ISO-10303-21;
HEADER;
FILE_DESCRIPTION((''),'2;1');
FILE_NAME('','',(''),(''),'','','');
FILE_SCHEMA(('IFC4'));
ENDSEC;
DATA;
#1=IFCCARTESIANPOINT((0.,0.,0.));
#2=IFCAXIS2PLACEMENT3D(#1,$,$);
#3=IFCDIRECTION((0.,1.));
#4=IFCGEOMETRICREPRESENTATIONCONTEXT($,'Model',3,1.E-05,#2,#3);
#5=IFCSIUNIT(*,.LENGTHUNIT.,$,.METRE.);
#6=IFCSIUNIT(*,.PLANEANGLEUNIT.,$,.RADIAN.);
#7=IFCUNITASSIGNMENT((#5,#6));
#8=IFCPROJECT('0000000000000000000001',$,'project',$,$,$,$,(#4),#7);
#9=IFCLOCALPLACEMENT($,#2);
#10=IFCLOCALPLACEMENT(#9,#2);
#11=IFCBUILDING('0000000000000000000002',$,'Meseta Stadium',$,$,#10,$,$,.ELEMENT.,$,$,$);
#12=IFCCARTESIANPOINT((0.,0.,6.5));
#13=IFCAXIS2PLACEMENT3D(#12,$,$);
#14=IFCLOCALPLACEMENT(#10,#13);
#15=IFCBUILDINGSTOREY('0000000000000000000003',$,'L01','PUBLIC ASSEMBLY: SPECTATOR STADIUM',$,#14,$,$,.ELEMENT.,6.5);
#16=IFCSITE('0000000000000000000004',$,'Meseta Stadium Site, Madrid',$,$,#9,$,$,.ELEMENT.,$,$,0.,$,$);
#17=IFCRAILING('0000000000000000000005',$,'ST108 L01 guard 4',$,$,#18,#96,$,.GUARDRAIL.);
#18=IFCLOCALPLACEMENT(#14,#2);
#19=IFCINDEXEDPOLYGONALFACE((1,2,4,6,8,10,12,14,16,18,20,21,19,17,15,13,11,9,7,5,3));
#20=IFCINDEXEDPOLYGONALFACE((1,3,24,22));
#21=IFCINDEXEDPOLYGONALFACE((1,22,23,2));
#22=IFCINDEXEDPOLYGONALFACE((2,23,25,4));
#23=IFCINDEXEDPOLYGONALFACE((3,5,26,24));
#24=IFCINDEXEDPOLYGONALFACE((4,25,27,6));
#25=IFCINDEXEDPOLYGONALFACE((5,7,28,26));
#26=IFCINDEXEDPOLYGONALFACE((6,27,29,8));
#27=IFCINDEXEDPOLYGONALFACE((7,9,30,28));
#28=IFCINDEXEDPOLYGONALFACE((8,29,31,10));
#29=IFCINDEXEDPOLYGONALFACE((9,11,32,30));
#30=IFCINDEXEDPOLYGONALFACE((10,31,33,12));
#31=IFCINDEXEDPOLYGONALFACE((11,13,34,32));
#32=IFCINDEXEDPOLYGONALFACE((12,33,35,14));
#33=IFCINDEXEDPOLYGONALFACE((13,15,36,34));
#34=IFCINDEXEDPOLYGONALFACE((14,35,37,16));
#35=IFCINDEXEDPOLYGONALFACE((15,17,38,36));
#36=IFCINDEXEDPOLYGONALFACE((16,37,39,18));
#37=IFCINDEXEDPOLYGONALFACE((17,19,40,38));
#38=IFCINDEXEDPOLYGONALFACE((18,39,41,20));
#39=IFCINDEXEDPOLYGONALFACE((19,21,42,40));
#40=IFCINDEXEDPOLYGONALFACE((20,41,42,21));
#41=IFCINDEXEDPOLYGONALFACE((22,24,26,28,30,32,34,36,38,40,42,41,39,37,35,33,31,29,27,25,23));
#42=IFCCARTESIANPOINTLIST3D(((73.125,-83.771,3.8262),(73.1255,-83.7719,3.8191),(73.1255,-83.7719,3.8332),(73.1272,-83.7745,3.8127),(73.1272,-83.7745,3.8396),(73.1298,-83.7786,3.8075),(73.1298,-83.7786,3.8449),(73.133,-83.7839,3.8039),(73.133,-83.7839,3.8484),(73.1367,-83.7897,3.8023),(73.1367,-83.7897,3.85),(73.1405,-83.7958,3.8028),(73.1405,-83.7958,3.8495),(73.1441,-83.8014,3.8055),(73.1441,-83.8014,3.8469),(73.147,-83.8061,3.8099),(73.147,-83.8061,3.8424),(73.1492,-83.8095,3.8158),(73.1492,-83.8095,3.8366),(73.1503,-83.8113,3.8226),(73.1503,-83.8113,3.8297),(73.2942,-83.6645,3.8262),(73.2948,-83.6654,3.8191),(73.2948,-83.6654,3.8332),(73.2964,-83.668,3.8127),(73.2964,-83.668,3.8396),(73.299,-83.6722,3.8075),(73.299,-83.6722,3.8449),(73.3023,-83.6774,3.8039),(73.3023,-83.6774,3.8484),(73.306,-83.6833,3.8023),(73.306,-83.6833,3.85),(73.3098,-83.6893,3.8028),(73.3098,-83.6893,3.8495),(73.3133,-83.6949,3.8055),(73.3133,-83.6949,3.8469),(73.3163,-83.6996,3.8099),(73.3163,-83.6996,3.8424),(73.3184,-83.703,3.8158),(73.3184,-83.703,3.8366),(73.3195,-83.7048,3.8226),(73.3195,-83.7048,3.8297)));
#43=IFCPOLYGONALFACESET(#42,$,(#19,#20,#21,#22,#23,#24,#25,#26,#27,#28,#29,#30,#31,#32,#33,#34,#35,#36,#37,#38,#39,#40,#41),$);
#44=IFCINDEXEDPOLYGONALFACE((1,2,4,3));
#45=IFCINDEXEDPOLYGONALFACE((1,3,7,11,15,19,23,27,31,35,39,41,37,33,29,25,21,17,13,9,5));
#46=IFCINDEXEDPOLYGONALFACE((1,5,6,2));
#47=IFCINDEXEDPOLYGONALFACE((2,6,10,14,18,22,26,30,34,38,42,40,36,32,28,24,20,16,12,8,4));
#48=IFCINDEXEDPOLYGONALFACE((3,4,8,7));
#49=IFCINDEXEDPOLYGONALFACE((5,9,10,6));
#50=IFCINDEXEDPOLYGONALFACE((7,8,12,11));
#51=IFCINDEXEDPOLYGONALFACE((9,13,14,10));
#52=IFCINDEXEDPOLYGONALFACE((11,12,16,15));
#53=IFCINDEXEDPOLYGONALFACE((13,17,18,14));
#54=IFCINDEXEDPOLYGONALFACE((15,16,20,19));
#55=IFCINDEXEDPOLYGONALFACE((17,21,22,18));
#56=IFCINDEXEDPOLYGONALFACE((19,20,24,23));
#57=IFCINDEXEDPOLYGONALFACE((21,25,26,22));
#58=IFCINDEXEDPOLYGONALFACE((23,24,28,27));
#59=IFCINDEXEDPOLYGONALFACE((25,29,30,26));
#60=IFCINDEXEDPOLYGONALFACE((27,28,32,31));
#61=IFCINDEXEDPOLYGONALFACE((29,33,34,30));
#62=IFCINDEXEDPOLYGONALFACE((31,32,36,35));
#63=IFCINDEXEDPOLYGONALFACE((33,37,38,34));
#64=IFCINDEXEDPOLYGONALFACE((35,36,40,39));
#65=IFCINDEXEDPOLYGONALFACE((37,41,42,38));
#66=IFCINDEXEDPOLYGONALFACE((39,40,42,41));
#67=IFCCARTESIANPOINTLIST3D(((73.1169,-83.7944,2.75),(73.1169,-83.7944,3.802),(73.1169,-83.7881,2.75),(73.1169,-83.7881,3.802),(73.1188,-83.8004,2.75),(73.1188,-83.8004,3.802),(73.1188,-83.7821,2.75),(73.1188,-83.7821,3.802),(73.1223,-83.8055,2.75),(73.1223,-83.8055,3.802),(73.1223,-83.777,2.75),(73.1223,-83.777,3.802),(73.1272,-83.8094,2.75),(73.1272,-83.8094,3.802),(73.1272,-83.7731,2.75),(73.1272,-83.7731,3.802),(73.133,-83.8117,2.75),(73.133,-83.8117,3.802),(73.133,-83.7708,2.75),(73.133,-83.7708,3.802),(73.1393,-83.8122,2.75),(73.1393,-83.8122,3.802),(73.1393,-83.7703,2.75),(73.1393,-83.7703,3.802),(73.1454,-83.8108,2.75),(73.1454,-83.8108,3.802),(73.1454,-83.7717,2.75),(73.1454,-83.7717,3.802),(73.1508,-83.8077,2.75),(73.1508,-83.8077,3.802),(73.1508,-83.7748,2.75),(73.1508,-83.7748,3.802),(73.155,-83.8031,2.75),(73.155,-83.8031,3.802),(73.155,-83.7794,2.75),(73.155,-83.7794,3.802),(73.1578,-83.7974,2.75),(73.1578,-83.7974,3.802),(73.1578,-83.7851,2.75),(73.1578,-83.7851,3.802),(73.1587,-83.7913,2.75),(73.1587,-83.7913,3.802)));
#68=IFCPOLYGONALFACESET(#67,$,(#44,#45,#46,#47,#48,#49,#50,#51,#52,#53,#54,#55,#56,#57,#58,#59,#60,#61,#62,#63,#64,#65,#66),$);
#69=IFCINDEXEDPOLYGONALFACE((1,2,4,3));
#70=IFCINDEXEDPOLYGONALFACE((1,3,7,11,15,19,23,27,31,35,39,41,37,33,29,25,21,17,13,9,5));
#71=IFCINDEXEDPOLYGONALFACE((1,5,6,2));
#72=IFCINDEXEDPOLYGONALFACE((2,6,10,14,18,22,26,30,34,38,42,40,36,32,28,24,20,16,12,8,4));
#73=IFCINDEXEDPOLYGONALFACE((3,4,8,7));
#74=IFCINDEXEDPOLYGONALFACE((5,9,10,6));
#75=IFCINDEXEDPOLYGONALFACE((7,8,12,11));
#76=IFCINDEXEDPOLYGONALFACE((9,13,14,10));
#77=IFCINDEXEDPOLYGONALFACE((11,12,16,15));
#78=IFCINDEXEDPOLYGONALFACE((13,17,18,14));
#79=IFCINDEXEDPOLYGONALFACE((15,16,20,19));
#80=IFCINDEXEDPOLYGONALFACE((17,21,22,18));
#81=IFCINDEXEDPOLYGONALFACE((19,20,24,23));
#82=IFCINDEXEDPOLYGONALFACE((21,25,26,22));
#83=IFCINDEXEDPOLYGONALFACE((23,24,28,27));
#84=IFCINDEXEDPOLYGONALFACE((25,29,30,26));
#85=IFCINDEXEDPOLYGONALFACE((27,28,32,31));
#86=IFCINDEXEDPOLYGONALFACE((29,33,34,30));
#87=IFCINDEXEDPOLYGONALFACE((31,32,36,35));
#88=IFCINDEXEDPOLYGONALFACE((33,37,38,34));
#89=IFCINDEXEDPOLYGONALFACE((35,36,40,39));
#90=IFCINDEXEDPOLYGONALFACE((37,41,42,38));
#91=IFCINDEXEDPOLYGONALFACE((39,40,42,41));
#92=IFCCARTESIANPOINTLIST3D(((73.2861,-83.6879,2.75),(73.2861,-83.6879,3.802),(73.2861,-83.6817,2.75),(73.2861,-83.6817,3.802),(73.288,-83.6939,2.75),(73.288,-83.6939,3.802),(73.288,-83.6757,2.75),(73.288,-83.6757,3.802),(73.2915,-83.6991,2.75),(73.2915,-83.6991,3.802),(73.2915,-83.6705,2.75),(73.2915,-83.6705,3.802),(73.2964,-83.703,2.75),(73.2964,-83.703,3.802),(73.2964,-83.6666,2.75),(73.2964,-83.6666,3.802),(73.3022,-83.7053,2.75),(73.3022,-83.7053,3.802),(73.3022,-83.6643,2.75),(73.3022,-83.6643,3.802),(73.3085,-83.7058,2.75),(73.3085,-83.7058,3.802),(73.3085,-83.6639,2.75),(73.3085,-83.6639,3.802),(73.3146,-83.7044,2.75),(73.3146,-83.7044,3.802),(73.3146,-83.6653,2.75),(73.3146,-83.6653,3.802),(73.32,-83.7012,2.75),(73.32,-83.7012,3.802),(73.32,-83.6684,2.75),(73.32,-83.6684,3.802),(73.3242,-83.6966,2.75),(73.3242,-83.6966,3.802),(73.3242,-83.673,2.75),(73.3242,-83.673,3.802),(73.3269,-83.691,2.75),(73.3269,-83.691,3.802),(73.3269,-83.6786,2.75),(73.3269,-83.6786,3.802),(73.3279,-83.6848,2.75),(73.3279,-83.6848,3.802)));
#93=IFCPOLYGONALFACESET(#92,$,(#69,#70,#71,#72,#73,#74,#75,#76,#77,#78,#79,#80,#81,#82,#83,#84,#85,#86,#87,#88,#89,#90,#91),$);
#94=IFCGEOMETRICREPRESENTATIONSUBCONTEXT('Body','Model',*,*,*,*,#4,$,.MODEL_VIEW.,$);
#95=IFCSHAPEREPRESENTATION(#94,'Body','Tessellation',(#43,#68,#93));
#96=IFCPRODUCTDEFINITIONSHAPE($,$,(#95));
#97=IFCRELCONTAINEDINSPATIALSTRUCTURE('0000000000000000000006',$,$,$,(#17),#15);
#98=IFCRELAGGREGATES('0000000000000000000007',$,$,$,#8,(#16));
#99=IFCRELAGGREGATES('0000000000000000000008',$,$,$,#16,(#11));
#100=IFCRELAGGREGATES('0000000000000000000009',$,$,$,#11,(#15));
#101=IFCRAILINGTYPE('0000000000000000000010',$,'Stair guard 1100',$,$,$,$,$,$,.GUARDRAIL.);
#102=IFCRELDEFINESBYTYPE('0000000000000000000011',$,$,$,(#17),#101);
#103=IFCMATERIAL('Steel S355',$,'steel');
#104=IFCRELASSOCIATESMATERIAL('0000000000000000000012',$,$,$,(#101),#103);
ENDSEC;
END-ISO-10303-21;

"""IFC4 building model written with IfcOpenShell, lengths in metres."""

from ifc_helpers import new_model, si_unit, direction, frame, origin, origin_2d, place, context, subcontext, project, spatial, circle, extrude, material, type_object, element, save


model = new_model("IFC4")

# Units and contexts
model_context = context("Model", 3, precision=1e-05, world=origin(), true_north=direction((0.0, 1.0)))
body_context = subcontext(model_context, "Body", "Model", "MODEL_VIEW")
ifc_project = project(units=[si_unit("LENGTHUNIT", "METRE"), si_unit("PLANEANGLEUNIT", "RADIAN")], contexts=[model_context])

# Site, building, storey
site_placement = place(None, origin())
site = spatial("IfcSite", under=ifc_project, at=site_placement, Name="Meseta Stadium Site, Madrid", CompositionType="ELEMENT", RefElevation=0.0)
building_placement = place(site_placement, origin())
building = spatial("IfcBuilding", under=site, at=building_placement, Name="Meseta Stadium", CompositionType="ELEMENT")
storey_placement = place(building_placement, frame((0.0, 0.0, 6.5)))
storey = spatial("IfcBuildingStorey", under=building, at=storey_placement, Name="L01", Description="PUBLIC ASSEMBLY: SPECTATOR STADIUM", CompositionType="ELEMENT", Elevation=6.5)

# Railing
ifc_material_1 = material(Name="Steel S355", Category="steel")
railing_type_1 = type_object("IfcRailingType", Name="Stair guard 1100", PredefinedType="GUARDRAIL", material=ifc_material_1)
railing_1_placement = place(storey_placement, frame((73.1377, -83.7913, 2.75)))
element("IfcRailing", 1, at=railing_1_placement, inside=storey, type_object=railing_type_1, Name="ST108 L01 guard 4", PredefinedType="GUARDRAIL", context=body_context, shape_type="SweptSolid", body=[
    extrude(circle(Radius=0.0239, at=origin_2d()), frame((0.0, 0.0, 1.0762), z_axis=(0.846416, 0.532522, 0.0), x_axis=(-0.532522, 0.846416, 0.0)), (0.0, 0.0, 1.0), 0.2),
    extrude(circle(Radius=0.021, at=origin_2d()), origin(), (0.0, 0.0, 1.0), 1.052),
    extrude(circle(Radius=0.021, at=origin_2d()), frame((0.1692, 0.1064, 0.0)), (0.0, 0.0, 1.0), 1.052),
])

save(model, "model.ifc")
